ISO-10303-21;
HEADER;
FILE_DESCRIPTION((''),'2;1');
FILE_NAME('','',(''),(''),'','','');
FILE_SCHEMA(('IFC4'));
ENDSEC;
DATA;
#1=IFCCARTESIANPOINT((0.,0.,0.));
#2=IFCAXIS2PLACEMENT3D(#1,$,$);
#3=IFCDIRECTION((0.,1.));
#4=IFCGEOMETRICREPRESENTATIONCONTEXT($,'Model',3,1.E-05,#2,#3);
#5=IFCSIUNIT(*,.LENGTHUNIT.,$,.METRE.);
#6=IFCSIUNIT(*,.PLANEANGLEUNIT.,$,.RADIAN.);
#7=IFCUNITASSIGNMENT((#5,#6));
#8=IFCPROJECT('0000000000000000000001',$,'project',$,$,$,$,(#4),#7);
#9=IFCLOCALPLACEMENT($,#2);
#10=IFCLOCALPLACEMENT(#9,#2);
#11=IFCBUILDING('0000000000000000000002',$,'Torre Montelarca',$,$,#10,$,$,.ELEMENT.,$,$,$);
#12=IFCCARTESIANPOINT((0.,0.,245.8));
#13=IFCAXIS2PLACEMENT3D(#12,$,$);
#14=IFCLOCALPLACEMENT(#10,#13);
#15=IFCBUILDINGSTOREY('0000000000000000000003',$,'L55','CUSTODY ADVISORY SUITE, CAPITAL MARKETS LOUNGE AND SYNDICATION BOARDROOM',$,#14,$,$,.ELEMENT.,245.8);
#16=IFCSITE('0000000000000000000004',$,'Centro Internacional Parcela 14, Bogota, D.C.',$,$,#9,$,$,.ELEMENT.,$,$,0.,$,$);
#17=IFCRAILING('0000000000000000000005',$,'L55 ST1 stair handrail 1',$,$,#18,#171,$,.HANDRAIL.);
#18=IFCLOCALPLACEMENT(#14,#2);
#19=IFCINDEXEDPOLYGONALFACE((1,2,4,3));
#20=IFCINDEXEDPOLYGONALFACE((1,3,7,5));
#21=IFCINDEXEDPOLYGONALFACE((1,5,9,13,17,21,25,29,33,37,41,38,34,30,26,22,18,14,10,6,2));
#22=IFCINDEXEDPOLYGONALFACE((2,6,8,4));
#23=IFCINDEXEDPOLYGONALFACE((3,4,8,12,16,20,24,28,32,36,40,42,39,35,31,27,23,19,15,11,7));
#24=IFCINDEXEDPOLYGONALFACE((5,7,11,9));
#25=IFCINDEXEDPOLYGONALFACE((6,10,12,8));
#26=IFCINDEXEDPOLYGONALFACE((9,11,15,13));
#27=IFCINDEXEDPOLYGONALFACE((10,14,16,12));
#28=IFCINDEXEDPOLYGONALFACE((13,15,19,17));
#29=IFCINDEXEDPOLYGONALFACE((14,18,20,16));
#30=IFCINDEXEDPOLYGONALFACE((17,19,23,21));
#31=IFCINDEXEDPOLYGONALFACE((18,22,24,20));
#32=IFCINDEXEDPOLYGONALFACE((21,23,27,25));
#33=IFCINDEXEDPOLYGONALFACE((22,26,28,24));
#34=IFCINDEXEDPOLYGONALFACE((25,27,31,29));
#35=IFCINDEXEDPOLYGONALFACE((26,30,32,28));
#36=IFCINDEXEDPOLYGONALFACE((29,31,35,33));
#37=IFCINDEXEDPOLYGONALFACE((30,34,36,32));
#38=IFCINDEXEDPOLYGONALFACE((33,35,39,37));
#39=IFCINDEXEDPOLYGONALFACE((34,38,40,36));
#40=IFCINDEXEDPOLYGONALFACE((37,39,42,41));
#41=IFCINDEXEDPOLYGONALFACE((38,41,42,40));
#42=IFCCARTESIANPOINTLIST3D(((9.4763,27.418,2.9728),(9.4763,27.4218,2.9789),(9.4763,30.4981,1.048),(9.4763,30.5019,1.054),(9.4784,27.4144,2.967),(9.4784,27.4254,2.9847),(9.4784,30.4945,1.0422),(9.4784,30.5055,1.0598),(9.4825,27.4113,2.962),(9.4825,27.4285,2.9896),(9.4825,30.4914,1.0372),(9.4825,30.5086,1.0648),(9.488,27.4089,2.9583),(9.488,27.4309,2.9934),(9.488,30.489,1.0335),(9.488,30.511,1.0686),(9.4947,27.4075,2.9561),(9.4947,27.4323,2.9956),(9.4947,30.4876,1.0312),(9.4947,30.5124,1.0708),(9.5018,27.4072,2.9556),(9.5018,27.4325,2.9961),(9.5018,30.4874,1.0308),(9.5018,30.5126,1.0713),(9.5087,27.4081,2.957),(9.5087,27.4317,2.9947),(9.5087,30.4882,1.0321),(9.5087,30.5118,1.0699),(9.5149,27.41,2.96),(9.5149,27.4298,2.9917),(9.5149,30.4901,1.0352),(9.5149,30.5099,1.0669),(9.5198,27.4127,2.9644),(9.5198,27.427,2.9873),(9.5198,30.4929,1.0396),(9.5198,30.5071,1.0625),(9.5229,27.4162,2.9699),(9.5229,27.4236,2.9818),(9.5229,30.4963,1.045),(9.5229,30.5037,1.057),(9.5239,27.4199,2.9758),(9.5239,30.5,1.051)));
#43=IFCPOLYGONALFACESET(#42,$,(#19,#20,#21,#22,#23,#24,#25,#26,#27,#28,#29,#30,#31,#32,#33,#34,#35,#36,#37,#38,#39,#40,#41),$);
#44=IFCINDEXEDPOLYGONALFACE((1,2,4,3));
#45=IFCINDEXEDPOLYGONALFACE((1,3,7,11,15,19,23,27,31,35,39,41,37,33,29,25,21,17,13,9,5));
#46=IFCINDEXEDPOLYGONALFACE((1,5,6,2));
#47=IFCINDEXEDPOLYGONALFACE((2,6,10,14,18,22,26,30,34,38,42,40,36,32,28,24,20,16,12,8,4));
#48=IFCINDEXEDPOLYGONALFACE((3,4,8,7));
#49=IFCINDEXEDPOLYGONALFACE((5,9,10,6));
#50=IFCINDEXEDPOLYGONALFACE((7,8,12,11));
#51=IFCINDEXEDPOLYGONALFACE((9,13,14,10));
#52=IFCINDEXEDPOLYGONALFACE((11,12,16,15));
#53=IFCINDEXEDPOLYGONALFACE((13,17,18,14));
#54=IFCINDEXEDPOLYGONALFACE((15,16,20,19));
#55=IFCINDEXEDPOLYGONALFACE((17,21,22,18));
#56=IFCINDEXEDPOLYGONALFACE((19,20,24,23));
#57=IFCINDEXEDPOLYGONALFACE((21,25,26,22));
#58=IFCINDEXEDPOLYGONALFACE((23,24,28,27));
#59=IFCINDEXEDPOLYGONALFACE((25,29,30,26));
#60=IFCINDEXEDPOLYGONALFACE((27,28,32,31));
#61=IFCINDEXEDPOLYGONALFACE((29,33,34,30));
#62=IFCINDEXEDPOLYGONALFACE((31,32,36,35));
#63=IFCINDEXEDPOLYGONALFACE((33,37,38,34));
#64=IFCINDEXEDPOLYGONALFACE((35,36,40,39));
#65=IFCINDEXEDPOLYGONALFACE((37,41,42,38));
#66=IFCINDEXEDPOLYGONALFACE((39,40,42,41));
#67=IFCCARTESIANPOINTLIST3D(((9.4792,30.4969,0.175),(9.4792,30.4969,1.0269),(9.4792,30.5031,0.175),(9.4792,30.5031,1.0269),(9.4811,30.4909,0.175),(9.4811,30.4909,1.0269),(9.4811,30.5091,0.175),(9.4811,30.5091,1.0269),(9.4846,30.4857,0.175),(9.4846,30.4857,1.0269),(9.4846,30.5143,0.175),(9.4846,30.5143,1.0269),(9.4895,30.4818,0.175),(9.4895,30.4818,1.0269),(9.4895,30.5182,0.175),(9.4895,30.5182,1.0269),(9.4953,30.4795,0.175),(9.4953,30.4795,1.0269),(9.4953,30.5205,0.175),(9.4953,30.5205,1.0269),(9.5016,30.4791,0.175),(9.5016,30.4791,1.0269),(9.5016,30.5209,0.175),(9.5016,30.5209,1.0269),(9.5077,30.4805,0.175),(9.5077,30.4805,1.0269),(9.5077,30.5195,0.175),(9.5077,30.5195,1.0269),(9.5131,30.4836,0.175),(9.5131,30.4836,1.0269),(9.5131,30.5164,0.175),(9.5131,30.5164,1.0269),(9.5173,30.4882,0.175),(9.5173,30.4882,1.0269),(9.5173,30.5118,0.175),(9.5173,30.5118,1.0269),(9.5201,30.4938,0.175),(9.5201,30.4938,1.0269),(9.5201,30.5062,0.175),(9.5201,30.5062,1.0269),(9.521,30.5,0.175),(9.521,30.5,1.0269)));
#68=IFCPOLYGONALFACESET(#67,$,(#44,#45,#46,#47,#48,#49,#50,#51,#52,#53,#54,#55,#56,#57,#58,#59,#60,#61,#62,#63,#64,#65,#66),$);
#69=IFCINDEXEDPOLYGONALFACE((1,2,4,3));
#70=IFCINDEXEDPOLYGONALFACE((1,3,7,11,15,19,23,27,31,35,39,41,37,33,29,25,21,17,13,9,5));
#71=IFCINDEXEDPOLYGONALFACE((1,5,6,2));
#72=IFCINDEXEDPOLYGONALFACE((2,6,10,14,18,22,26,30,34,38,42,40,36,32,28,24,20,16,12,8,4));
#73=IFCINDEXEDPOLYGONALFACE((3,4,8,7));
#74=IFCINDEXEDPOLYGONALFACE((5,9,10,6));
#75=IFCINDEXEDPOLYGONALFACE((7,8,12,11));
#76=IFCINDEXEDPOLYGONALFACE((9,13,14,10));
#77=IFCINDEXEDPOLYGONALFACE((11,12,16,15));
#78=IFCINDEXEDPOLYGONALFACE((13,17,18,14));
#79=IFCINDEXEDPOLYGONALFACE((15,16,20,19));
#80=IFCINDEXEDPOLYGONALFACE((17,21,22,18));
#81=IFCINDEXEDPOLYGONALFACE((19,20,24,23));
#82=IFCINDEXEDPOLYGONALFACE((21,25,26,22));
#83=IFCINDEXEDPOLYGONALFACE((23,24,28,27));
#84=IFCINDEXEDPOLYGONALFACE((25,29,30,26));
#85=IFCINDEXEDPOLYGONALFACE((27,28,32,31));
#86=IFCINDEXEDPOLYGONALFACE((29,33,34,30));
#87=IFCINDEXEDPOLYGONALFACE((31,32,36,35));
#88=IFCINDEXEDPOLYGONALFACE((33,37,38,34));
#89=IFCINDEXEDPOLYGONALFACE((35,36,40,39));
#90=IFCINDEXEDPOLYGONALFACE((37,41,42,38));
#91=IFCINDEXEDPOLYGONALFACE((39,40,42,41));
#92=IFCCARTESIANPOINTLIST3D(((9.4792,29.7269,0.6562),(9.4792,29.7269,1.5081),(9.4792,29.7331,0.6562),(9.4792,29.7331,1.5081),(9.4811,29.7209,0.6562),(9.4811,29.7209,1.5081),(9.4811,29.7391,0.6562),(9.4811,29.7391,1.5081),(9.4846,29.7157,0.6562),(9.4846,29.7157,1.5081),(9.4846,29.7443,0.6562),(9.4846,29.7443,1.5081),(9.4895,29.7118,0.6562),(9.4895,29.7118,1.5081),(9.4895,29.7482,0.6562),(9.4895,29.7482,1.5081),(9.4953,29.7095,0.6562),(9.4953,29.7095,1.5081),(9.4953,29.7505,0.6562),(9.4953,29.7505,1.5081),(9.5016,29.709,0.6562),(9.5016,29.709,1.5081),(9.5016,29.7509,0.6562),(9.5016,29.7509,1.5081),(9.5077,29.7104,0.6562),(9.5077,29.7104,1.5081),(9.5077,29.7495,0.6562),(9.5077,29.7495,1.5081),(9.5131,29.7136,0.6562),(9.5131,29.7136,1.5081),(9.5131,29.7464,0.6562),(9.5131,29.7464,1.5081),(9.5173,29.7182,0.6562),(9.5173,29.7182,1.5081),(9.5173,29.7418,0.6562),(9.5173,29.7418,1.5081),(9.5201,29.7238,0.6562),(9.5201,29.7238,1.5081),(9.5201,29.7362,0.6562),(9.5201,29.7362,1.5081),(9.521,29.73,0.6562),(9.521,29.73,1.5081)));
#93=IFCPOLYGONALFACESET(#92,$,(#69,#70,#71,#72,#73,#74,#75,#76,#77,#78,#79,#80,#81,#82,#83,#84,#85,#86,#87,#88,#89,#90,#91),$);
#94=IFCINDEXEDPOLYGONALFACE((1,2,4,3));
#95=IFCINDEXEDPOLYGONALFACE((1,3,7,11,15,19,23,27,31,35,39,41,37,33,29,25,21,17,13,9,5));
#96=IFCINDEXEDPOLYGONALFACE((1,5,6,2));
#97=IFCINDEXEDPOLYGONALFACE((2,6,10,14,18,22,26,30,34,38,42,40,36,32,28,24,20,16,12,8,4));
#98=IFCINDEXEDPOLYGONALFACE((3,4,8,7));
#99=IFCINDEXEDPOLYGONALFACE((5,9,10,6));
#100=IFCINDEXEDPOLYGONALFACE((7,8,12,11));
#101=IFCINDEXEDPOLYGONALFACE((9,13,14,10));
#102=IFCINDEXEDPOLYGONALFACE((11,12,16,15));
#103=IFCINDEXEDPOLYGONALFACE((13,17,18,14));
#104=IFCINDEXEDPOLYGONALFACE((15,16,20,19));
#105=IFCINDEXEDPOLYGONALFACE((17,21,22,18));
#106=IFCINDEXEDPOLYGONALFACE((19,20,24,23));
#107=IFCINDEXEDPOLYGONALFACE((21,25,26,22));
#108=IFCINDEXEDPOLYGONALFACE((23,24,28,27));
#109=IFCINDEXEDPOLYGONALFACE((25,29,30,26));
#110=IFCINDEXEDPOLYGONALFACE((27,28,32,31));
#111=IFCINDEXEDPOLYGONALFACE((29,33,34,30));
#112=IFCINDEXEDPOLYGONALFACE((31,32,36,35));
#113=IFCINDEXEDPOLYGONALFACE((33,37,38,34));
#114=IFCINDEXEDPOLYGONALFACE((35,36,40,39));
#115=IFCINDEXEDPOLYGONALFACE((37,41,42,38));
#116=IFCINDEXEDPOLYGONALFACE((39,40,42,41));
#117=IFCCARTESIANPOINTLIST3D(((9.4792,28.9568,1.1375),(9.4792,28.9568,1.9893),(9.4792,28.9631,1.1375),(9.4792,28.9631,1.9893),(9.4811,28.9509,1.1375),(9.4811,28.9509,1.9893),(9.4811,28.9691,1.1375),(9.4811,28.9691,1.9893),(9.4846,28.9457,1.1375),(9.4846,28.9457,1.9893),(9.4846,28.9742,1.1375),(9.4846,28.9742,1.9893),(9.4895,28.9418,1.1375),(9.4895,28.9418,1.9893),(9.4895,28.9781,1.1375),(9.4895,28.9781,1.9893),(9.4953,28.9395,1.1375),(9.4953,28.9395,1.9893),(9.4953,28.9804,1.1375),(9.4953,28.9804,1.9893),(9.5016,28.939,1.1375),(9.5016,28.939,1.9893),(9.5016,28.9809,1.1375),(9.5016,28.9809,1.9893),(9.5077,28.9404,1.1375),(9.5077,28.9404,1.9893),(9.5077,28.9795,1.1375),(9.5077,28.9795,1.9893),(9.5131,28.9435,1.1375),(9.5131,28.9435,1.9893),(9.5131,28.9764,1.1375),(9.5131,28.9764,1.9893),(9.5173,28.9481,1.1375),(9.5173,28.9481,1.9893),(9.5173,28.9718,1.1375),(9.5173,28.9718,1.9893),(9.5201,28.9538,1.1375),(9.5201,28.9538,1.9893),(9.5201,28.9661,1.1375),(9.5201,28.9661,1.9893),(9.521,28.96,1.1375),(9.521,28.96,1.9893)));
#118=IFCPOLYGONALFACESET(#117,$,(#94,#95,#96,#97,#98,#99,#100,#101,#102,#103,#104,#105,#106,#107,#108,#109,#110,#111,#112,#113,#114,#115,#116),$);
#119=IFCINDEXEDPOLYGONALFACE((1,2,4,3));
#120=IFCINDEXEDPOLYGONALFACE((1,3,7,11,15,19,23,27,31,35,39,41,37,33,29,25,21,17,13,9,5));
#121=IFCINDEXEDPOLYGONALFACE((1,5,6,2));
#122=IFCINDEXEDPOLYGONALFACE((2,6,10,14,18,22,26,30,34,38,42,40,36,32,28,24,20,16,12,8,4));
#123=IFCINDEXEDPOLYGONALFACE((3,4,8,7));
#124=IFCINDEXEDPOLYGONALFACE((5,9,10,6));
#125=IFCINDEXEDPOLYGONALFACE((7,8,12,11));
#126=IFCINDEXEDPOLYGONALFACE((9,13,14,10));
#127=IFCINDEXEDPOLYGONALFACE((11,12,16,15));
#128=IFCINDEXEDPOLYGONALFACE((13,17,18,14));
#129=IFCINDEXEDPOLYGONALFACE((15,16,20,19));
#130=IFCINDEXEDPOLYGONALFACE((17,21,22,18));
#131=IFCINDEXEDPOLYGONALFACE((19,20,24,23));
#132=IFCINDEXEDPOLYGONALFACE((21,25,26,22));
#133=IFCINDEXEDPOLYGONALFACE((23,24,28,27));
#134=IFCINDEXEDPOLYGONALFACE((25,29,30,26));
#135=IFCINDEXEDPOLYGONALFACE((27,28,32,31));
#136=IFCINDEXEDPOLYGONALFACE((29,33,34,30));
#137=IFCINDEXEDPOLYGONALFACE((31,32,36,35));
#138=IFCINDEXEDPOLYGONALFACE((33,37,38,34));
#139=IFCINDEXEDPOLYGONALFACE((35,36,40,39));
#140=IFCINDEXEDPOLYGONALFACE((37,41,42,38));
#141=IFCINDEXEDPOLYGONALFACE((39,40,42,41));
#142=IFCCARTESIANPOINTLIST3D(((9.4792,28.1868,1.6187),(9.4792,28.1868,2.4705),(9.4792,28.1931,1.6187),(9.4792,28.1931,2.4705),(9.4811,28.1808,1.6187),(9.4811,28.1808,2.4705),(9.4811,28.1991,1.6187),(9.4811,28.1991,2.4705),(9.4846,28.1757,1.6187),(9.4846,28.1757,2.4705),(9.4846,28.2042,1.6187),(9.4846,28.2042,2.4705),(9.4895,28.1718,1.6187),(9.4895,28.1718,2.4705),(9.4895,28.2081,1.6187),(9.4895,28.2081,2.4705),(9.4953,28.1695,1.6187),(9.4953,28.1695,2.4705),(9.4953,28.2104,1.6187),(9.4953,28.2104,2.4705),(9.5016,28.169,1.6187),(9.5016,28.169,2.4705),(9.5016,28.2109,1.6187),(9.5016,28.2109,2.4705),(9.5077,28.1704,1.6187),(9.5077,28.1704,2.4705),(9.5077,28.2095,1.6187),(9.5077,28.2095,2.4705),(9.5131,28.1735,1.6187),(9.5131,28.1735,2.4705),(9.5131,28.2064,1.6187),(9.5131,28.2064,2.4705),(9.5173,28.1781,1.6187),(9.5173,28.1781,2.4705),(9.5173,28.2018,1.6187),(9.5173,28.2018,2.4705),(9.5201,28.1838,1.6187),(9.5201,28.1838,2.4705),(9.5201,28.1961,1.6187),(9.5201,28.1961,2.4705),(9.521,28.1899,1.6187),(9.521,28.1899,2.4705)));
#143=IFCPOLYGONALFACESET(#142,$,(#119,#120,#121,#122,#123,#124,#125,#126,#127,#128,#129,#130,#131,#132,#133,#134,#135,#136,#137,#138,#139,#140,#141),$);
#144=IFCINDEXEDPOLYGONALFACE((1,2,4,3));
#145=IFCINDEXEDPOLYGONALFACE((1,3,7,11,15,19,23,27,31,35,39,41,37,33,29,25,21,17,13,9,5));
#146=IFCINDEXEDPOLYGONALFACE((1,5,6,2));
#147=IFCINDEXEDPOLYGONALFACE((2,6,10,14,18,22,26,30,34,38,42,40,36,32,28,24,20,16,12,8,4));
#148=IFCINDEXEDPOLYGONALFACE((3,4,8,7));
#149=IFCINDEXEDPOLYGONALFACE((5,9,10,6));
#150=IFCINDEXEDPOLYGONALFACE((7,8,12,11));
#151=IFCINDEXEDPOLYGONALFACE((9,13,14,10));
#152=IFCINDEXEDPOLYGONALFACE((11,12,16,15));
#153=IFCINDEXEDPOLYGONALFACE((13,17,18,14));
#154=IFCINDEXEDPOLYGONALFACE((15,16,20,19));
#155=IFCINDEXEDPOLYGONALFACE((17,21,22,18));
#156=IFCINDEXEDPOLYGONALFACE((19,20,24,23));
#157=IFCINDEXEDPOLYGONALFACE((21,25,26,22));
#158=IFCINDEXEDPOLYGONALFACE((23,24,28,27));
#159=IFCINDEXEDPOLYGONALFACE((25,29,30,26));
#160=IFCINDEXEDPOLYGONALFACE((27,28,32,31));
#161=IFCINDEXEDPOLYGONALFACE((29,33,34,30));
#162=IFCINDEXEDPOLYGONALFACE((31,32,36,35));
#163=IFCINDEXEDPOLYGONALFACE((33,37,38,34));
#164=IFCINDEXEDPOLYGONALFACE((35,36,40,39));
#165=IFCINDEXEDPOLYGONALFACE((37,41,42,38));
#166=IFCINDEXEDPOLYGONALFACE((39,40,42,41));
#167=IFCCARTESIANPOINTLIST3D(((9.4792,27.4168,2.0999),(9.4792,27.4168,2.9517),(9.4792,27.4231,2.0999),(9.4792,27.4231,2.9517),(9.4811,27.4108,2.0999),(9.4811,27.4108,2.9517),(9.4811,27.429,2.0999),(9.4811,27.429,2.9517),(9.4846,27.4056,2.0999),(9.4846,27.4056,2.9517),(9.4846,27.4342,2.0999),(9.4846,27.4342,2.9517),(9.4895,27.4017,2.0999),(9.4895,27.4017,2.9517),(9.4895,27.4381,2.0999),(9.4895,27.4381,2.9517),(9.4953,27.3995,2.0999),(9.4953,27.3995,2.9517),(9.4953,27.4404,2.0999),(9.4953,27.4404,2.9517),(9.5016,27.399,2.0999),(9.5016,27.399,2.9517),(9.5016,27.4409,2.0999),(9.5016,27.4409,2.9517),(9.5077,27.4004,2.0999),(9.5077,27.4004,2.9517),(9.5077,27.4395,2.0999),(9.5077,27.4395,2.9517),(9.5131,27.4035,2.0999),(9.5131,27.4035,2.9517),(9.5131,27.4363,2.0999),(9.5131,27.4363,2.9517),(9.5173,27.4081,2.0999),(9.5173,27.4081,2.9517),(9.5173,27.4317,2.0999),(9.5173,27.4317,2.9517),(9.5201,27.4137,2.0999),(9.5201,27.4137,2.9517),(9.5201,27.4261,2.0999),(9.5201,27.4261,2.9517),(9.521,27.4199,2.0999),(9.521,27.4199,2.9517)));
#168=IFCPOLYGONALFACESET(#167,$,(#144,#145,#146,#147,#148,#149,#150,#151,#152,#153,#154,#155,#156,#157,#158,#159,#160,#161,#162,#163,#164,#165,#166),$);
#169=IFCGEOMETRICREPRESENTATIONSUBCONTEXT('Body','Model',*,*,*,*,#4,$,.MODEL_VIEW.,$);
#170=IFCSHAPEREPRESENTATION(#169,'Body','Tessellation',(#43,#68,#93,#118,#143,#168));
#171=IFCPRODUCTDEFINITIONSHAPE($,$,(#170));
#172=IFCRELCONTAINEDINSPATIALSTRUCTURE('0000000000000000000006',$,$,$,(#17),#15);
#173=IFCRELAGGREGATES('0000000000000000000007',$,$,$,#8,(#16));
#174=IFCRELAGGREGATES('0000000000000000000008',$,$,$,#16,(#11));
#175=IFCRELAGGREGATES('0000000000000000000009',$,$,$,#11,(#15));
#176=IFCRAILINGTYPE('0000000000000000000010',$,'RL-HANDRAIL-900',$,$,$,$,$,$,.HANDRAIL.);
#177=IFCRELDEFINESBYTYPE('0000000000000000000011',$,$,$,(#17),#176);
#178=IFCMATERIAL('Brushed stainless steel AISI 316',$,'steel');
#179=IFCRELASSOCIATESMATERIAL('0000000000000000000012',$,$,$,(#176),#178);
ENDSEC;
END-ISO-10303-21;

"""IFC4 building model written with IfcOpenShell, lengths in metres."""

from ifc_helpers import new_model, si_unit, direction, frame, origin, origin_2d, place, context, subcontext, project, spatial, circle, extrude, material, type_object, element, save


model = new_model("IFC4")

# Units and contexts
model_context = context("Model", 3, precision=1e-05, world=origin(), true_north=direction((0.0, 1.0)))
body_context = subcontext(model_context, "Body", "Model", "MODEL_VIEW")
ifc_project = project(units=[si_unit("LENGTHUNIT", "METRE"), si_unit("PLANEANGLEUNIT", "RADIAN")], contexts=[model_context])

# Site, building, storey
site_placement = place(None, origin())
site = spatial("IfcSite", under=ifc_project, at=site_placement, Name="Centro Internacional Parcela 14, Bogota, D.C.", CompositionType="ELEMENT", RefElevation=0.0)
building_placement = place(site_placement, origin())
building = spatial("IfcBuilding", under=site, at=building_placement, Name="Torre Montelarca", CompositionType="ELEMENT")
storey_placement = place(building_placement, frame((0.0, 0.0, 245.8)))
storey = spatial("IfcBuildingStorey", under=building, at=storey_placement, Name="L55", Description="CUSTODY ADVISORY SUITE, CAPITAL MARKETS LOUNGE AND SYNDICATION BOARDROOM", CompositionType="ELEMENT", Elevation=245.8)

# Shared definitions
ifc_material_1 = material(Name="Brushed stainless steel AISI 316", Category="steel")

# Railing
railing_type_1 = type_object("IfcRailingType", Name="RL-HANDRAIL-900", PredefinedType="HANDRAIL", material=ifc_material_1)
railing_1_placement = place(storey_placement, frame((9.5, 30.5, 0.175)))
element("IfcRailing", 1, at=railing_1_placement, inside=storey, type_object=railing_type_1, Name="L55 ST1 stair handrail 1", PredefinedType="HANDRAIL", context=body_context, shape_type="SweptSolid", body=[
    extrude(circle(Radius=0.0239, at=origin_2d()), frame((0.0, 0.0, 0.876), z_axis=(0.0, -0.848029, 0.529951), x_axis=(1.0, 0.0, 0.0)), (0.0, 0.0, 1.0), 3.6321),
    extrude(circle(Radius=0.021, at=origin_2d()), origin(), (0.0, 0.0, 1.0), 0.8518),
    extrude(circle(Radius=0.021, at=origin_2d()), frame((0.0, -0.77, 0.4812)), (0.0, 0.0, 1.0), 0.8518),
    extrude(circle(Radius=0.021, at=origin_2d()), frame((0.0, -1.54, 0.9624)), (0.0, 0.0, 1.0), 0.8518),
    extrude(circle(Radius=0.021, at=origin_2d()), frame((0.0, -2.3101, 1.4436)), (0.0, 0.0, 1.0), 0.8518),
    extrude(circle(Radius=0.021, at=origin_2d()), frame((0.0, -3.0801, 1.9248)), (0.0, 0.0, 1.0), 0.8518),
])

save(model, "model.ifc")
